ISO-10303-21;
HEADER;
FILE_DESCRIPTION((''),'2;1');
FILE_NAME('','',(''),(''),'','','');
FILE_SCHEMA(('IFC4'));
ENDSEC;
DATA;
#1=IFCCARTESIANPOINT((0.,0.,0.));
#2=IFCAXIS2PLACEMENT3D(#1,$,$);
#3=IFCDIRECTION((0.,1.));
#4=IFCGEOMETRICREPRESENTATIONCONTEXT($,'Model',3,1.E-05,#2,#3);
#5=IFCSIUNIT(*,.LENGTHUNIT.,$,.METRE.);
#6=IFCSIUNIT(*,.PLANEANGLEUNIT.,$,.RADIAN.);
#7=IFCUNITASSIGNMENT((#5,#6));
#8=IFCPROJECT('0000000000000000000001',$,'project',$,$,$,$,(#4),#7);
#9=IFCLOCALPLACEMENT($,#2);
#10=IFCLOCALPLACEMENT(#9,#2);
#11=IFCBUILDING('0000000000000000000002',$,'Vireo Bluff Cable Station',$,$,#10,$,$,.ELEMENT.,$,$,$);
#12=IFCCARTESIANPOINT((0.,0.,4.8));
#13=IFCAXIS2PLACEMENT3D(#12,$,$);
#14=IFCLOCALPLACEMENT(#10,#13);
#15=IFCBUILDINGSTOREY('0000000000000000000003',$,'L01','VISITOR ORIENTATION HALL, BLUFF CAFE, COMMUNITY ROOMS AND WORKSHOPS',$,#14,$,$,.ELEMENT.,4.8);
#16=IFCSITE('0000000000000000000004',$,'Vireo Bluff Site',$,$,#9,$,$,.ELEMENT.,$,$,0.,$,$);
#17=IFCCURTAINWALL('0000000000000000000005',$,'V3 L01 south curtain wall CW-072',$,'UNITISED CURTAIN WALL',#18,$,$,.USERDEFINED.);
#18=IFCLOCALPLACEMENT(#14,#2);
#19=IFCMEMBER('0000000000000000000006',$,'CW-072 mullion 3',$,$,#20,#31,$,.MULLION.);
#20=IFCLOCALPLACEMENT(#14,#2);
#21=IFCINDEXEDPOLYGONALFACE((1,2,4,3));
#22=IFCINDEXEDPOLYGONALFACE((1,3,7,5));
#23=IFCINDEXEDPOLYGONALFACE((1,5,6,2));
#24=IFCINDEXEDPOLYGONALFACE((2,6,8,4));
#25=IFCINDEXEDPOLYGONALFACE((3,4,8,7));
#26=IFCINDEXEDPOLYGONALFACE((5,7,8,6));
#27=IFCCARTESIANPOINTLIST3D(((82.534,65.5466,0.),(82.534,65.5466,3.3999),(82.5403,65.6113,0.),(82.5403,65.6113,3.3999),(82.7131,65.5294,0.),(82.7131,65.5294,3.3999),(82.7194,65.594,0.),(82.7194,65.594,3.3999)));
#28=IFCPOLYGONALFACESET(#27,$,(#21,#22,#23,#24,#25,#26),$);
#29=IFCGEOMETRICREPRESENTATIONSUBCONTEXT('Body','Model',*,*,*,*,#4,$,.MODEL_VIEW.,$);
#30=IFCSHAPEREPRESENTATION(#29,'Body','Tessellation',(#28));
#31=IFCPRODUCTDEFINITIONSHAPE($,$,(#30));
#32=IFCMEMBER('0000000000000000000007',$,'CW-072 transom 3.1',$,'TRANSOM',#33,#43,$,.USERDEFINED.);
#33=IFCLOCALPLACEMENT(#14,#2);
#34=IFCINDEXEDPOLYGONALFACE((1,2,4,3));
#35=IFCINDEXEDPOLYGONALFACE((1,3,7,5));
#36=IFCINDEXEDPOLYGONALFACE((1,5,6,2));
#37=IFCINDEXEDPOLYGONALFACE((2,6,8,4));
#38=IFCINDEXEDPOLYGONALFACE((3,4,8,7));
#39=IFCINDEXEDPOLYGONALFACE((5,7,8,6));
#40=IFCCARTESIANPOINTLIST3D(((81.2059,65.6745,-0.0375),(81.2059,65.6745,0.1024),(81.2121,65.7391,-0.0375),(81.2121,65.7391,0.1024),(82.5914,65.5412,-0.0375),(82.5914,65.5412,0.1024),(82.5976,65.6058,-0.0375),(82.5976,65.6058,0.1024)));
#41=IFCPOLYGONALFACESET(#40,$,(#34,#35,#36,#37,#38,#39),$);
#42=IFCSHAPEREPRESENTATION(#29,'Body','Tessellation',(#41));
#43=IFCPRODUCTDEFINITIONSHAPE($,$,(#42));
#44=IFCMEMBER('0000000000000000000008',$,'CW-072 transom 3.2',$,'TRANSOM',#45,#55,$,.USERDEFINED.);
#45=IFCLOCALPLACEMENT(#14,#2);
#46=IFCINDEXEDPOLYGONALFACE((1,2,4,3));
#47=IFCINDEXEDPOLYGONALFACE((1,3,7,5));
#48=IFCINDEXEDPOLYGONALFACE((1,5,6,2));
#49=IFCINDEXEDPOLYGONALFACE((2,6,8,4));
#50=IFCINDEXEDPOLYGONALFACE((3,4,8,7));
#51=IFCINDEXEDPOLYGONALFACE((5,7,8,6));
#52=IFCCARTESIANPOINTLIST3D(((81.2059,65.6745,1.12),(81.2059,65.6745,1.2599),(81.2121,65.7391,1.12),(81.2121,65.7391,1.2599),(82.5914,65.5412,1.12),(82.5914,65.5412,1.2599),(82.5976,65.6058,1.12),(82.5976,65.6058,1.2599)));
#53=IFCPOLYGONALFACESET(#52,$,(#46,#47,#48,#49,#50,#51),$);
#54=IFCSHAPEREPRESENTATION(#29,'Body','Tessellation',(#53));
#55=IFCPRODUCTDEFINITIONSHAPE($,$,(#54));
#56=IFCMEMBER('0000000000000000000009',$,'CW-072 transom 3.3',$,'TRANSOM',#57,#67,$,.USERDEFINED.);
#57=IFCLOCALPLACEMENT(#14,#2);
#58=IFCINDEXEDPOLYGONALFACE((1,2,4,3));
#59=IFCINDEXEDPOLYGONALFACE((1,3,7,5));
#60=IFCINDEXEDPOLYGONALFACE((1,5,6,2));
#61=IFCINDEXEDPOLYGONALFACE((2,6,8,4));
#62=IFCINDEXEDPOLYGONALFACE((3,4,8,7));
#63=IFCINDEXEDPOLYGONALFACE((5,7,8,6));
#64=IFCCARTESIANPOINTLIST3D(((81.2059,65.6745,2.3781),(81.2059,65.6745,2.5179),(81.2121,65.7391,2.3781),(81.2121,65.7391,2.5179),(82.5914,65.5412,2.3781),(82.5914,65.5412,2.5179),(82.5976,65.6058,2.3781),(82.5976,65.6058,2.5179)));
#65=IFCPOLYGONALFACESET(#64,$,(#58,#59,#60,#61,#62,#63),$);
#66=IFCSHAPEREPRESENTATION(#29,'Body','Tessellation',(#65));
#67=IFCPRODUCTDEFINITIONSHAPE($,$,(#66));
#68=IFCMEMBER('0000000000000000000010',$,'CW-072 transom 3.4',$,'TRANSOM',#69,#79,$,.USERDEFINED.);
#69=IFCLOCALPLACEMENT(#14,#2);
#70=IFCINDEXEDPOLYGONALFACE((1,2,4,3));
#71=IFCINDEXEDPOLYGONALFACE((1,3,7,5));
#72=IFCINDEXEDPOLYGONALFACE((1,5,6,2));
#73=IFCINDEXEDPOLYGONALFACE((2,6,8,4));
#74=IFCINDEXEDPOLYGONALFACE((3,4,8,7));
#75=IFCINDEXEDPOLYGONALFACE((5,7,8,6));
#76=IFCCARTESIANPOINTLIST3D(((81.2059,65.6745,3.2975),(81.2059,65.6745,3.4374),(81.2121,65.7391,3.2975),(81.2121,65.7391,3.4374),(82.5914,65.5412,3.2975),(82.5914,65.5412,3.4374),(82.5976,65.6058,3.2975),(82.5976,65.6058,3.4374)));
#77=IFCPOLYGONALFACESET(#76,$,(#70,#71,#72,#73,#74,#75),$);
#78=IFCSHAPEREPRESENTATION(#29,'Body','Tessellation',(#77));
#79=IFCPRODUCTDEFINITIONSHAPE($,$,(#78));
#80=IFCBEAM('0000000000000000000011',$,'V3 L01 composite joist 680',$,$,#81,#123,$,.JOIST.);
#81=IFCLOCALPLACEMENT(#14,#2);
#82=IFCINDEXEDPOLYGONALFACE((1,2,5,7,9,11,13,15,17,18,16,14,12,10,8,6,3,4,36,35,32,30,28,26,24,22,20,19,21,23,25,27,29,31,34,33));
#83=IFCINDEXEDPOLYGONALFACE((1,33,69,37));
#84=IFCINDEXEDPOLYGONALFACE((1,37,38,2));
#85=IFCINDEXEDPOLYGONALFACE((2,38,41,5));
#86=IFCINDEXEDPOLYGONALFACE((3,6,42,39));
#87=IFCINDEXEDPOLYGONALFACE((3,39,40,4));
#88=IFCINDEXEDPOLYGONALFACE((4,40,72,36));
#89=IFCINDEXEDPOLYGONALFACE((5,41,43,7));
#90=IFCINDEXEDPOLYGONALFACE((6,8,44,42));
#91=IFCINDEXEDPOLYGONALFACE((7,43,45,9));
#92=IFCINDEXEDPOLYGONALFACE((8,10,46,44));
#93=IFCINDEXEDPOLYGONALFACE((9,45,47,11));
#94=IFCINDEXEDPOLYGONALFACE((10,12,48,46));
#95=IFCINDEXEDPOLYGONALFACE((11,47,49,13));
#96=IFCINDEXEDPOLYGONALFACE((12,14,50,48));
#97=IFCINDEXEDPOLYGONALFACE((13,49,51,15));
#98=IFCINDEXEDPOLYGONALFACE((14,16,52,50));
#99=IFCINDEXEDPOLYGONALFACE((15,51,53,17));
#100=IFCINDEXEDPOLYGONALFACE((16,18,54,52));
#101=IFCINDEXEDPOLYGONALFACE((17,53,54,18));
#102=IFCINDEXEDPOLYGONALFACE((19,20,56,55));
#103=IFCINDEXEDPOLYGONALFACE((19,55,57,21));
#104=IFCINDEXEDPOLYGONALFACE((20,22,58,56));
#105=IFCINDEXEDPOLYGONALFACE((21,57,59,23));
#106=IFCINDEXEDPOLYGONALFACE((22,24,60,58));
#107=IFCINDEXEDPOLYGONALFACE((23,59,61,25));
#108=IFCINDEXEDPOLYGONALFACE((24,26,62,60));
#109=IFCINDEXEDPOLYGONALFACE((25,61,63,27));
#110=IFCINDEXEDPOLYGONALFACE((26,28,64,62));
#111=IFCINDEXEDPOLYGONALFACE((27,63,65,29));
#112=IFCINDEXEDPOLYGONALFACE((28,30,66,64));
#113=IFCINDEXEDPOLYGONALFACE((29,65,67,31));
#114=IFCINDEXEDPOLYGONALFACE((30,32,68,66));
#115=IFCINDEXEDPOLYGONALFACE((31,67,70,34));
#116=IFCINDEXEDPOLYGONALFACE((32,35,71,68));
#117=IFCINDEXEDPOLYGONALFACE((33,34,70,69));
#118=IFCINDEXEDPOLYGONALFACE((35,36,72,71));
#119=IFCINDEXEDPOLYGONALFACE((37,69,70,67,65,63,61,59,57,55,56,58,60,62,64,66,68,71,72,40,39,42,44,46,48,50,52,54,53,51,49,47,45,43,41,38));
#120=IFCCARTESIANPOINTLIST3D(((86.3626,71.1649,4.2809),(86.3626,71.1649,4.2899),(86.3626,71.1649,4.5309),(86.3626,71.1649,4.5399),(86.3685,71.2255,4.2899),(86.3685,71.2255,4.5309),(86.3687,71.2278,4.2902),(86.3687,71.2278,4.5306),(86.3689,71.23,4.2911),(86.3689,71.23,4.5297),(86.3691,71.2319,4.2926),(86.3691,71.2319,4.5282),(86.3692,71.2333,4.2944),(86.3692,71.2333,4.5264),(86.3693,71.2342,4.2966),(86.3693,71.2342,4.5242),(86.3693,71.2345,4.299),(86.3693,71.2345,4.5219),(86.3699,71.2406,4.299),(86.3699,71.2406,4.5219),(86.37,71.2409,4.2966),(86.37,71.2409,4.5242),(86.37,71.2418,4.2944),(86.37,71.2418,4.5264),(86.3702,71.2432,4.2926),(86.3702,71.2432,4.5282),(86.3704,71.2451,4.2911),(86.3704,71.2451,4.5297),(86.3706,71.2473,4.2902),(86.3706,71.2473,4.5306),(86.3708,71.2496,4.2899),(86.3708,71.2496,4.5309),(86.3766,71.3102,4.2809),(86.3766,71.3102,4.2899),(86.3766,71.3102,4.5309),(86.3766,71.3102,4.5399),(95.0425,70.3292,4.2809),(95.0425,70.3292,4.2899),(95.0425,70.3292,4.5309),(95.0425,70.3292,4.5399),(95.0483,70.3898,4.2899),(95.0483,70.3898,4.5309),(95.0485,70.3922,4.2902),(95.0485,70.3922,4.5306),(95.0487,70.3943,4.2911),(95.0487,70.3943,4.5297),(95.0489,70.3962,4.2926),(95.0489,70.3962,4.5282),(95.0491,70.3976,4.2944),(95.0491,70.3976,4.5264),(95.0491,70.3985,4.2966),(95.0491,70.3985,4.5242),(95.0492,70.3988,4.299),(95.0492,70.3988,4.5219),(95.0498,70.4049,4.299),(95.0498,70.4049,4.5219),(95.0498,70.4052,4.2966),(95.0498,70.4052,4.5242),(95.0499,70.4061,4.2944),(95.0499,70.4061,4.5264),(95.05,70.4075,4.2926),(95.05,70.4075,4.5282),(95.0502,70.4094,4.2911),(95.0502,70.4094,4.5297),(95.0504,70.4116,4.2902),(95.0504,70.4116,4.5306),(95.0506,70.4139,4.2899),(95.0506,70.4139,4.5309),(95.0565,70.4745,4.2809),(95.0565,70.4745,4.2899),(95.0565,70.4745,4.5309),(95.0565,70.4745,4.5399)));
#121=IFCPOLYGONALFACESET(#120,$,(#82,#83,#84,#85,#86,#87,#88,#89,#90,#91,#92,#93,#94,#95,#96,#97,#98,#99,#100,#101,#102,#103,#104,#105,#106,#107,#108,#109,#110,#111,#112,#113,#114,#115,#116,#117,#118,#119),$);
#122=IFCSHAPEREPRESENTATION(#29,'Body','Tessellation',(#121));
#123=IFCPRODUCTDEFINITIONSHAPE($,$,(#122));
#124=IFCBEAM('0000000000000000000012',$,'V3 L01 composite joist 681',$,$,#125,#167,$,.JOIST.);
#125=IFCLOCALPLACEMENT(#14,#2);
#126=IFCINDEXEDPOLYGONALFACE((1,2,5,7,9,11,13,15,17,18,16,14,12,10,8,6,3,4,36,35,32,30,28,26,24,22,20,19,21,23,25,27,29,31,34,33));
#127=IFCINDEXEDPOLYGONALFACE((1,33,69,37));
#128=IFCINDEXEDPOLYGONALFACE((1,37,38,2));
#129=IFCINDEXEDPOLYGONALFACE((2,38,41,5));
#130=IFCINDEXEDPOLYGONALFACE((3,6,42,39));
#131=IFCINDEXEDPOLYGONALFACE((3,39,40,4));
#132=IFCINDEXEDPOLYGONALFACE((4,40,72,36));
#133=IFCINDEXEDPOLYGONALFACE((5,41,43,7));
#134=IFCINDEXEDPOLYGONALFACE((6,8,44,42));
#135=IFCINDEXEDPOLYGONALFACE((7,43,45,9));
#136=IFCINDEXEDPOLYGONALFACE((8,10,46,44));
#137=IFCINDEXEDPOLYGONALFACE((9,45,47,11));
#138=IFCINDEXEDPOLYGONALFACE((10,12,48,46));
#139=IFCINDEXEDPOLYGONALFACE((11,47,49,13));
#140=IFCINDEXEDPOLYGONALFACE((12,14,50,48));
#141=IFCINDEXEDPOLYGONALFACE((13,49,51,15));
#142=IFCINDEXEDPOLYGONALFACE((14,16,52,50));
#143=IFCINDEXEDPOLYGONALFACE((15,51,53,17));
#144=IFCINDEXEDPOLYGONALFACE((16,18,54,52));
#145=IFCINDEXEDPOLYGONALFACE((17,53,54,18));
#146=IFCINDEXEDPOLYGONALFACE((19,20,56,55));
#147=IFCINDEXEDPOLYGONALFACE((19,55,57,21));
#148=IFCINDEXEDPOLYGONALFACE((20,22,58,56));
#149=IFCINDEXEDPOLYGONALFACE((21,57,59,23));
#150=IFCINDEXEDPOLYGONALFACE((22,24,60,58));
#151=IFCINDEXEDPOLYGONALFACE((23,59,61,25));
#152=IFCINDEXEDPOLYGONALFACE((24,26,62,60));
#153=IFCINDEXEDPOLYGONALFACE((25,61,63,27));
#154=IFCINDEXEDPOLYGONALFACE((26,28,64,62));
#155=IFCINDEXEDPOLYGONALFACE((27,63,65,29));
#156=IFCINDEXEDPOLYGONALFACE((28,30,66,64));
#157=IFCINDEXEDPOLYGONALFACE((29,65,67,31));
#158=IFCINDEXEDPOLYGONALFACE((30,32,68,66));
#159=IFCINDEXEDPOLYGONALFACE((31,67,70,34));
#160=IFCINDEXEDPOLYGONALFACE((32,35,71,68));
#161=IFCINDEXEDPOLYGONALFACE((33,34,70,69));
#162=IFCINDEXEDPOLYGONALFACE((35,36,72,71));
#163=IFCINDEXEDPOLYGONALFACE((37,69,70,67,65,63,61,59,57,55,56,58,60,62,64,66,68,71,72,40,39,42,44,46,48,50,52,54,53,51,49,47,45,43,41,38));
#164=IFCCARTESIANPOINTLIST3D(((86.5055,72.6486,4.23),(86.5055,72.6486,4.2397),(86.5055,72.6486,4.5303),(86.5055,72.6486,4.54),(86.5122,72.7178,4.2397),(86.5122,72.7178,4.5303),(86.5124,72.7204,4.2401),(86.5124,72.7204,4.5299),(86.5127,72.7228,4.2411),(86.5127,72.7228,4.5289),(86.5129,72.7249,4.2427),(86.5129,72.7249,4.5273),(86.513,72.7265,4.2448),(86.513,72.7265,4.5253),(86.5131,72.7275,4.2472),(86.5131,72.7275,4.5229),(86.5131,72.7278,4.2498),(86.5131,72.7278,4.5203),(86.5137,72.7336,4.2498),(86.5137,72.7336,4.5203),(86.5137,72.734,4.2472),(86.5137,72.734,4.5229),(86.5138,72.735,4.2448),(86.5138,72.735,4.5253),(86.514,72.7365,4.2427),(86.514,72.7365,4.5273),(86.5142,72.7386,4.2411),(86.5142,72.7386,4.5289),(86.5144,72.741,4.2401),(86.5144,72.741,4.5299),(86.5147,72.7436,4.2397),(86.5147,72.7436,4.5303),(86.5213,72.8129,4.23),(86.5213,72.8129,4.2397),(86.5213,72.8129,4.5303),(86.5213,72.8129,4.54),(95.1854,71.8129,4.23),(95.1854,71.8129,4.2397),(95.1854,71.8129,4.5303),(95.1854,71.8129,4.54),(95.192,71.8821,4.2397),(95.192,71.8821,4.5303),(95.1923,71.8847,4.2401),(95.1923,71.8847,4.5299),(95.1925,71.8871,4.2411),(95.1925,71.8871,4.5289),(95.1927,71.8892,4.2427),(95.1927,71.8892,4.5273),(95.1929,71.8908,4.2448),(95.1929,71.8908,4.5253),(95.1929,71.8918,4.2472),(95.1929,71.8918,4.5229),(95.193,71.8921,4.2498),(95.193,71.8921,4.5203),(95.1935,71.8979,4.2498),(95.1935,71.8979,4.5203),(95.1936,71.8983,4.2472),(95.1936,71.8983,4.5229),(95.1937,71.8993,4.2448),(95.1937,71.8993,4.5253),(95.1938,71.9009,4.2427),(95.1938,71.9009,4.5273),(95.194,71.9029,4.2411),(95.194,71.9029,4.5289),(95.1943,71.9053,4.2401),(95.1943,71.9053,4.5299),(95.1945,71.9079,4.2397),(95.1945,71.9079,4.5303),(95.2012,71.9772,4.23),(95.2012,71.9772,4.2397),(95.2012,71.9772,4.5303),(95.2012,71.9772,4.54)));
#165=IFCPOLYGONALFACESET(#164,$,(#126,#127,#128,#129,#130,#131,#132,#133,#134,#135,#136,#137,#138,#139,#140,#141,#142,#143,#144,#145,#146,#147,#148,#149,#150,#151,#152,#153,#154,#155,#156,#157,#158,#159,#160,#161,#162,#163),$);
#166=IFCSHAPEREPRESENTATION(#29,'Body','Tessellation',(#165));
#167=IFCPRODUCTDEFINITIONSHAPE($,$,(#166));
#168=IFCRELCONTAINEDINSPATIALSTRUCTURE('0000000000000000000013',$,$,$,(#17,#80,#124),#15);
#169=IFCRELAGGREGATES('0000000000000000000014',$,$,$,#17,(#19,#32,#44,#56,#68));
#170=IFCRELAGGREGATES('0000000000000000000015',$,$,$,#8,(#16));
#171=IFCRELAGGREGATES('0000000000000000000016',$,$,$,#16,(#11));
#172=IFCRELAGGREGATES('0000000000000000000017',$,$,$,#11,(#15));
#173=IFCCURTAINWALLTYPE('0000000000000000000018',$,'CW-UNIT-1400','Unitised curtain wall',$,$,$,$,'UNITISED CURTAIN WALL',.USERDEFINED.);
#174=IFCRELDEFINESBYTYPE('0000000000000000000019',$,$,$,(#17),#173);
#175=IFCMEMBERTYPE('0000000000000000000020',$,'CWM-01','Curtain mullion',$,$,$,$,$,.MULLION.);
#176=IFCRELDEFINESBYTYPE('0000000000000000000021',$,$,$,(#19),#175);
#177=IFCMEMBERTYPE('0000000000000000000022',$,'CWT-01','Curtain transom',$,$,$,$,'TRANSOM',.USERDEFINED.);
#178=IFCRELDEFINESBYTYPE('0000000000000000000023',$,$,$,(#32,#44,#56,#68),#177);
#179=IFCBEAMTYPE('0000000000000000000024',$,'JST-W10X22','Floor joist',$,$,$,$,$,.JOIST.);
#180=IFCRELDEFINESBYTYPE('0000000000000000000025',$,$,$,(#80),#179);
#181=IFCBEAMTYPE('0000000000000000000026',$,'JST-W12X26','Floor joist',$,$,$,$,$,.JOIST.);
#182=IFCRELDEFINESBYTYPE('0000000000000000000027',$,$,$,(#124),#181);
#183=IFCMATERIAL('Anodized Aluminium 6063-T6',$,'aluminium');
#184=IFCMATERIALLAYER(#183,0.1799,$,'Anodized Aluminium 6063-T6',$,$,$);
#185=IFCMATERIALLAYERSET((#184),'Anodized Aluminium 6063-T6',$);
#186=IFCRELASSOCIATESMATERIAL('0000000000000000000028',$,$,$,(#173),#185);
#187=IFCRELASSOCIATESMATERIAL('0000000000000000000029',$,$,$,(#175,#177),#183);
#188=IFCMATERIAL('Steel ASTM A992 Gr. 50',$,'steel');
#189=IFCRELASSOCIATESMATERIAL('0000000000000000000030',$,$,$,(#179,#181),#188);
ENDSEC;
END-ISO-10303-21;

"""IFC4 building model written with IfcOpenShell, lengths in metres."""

from ifc_helpers import new_model, si_unit, direction, frame, origin, origin_2d, place, context, subcontext, project, spatial, rectangle, i_section, extrude, material, layer, layer_set, material_profile, profile_set, type_object, element, aggregate, save


model = new_model("IFC4")

# Units and contexts
model_context = context("Model", 3, precision=1e-05, world=origin(), true_north=direction((0.0, 1.0)))
body_context = subcontext(model_context, "Body", "Model", "MODEL_VIEW")
ifc_project = project(units=[si_unit("LENGTHUNIT", "METRE"), si_unit("PLANEANGLEUNIT", "RADIAN")], contexts=[model_context])

# Site, building, storey
site_placement = place(None, origin())
site = spatial("IfcSite", under=ifc_project, at=site_placement, Name="Vireo Bluff Site", CompositionType="ELEMENT", RefElevation=0.0)
building_placement = place(site_placement, origin())
building = spatial("IfcBuilding", under=site, at=building_placement, Name="Vireo Bluff Cable Station", CompositionType="ELEMENT")
storey_placement = place(building_placement, frame((0.0, 0.0, 4.8)))
storey = spatial("IfcBuildingStorey", under=building, at=storey_placement, Name="L01", Description="VISITOR ORIENTATION HALL, BLUFF CAFE, COMMUNITY ROOMS AND WORKSHOPS", CompositionType="ELEMENT", Elevation=4.8)

# Curtain wall, members
ifc_material_1 = material(Name="Anodized Aluminium 6063-T6", Category="aluminium")
ifc_layer_1 = layer(ifc_material_1, 0.1799, Name="Anodized Aluminium 6063-T6")
ifc_layer_set_1 = layer_set([ifc_layer_1], Name="Anodized Aluminium 6063-T6")
curtain_wall_type = type_object("IfcCurtainWallType", Name="CW-UNIT-1400", Description="Unitised curtain wall", ElementType="UNITISED CURTAIN WALL", PredefinedType="USERDEFINED", material=ifc_layer_set_1)
curtain_wall_placement = place(storey_placement, origin())
curtain_wall = element("IfcCurtainWall", 1, at=curtain_wall_placement, inside=storey, type_object=curtain_wall_type, Name="V3 L01 south curtain wall CW-072", ObjectType="UNITISED CURTAIN WALL", PredefinedType="USERDEFINED")
ifc_material_profile_1 = material_profile(ifc_material_1, rectangle(XDim=0.0649, YDim=0.1799, at=origin_2d()), Name="ALU-M-65X180")
ifc_profile_set_1 = profile_set([ifc_material_profile_1], Name="Anodized Aluminium 6063-T6")
member_type_1 = type_object("IfcMemberType", Name="CWM-01", Description="Curtain mullion", PredefinedType="MULLION", material=ifc_profile_set_1)
member_1_placement = place(storey_placement, frame((82.6267, 65.5703, 0.0), z_axis=(0.0, 0.0, 1.0), x_axis=(-0.095846, -0.995396, 0.0)))
member_1 = element("IfcMember", 2, at=member_1_placement, type_object=member_type_1, Name="CW-072 mullion 3", PredefinedType="MULLION", context=body_context, shape_type="SweptSolid", body=[
    extrude(rectangle(XDim=0.0649, YDim=0.1799, at=origin_2d()), origin(), (0.0, 0.0, 1.0), 3.3999),
])
ifc_material_profile_2 = material_profile(ifc_material_1, rectangle(XDim=0.0649, YDim=0.1399, at=origin_2d()), Name="ALU-T-65X140")
ifc_profile_set_2 = profile_set([ifc_material_profile_2], Name="Anodized Aluminium 6063-T6")
member_type_2 = type_object("IfcMemberType", Name="CWT-01", Description="Curtain transom", ElementType="TRANSOM", PredefinedType="USERDEFINED", material=ifc_profile_set_2)
member_2_placement = place(storey_placement, frame((82.5945, 65.5735, 0.0325), z_axis=(-0.995404, 0.095769, 0.0), x_axis=(-0.095769, -0.995404, 0.0)))
member_2 = element("IfcMember", 3, at=member_2_placement, type_object=member_type_2, Name="CW-072 transom 3.1", ObjectType="TRANSOM", PredefinedType="USERDEFINED", context=body_context, shape_type="SweptSolid", body=[
    extrude(rectangle(XDim=0.0649, YDim=0.1399, at=origin_2d()), origin(), (0.0, 0.0, 1.0), 1.3918),
])
member_3_placement = place(storey_placement, frame((82.5945, 65.5735, 1.1899), z_axis=(-0.995404, 0.095769, 0.0), x_axis=(-0.095769, -0.995404, 0.0)))
member_3 = element("IfcMember", 4, at=member_3_placement, type_object=member_type_2, Name="CW-072 transom 3.2", ObjectType="TRANSOM", PredefinedType="USERDEFINED", context=body_context, shape_type="SweptSolid", body=[
    extrude(rectangle(XDim=0.0649, YDim=0.1399, at=origin_2d()), origin(), (0.0, 0.0, 1.0), 1.3918),
])
member_4_placement = place(storey_placement, frame((82.5945, 65.5735, 2.448), z_axis=(-0.995404, 0.095769, 0.0), x_axis=(-0.095769, -0.995404, 0.0)))
member_4 = element("IfcMember", 5, at=member_4_placement, type_object=member_type_2, Name="CW-072 transom 3.3", ObjectType="TRANSOM", PredefinedType="USERDEFINED", context=body_context, shape_type="SweptSolid", body=[
    extrude(rectangle(XDim=0.0649, YDim=0.1399, at=origin_2d()), origin(), (0.0, 0.0, 1.0), 1.3918),
])
member_5_placement = place(storey_placement, frame((82.5945, 65.5735, 3.3674), z_axis=(-0.995404, 0.095769, 0.0), x_axis=(-0.095769, -0.995404, 0.0)))
member_5 = element("IfcMember", 6, at=member_5_placement, type_object=member_type_2, Name="CW-072 transom 3.4", ObjectType="TRANSOM", PredefinedType="USERDEFINED", context=body_context, shape_type="SweptSolid", body=[
    extrude(rectangle(XDim=0.0649, YDim=0.1399, at=origin_2d()), origin(), (0.0, 0.0, 1.0), 1.3918),
])

# Beams
ifc_material_2 = material(Name="Steel ASTM A992 Gr. 50", Category="steel")
ifc_material_profile_3 = material_profile(ifc_material_2, i_section(OverallWidth=0.146, OverallDepth=0.259, WebThickness=0.0061, FlangeThickness=0.009, FilletRadius=0.009, at=origin_2d()), Name="W10X22")
ifc_profile_set_3 = profile_set([ifc_material_profile_3], Name="Steel ASTM A992 Gr. 50")
beam_type_1 = type_object("IfcBeamType", Name="JST-W10X22", Description="Floor joist", PredefinedType="JOIST", material=ifc_profile_set_3)
beam_1_placement = place(storey_placement, frame((86.3696, 71.2375, 4.4104), z_axis=(0.995397, -0.095836, 0.0), x_axis=(0.095836, 0.995397, 0.0)))
element("IfcBeam", 7, at=beam_1_placement, inside=storey, type_object=beam_type_1, Name="V3 L01 composite joist 680", PredefinedType="JOIST", context=body_context, shape_type="SweptSolid", body=[
    extrude(i_section(OverallWidth=0.146, OverallDepth=0.259, WebThickness=0.0061, FlangeThickness=0.009, FilletRadius=0.009, at=origin_2d()), origin(), (0.0, 0.0, 1.0), 8.72),
])
ifc_material_profile_4 = material_profile(ifc_material_2, i_section(OverallWidth=0.165, OverallDepth=0.3101, WebThickness=0.0059, FlangeThickness=0.0098, FilletRadius=0.01, at=origin_2d()), Name="W12X26")
ifc_profile_set_4 = profile_set([ifc_material_profile_4], Name="Steel ASTM A992 Gr. 50")
beam_type_2 = type_object("IfcBeamType", Name="JST-W12X26", Description="Floor joist", PredefinedType="JOIST", material=ifc_profile_set_4)
beam_2_placement = place(storey_placement, frame((86.5134, 72.7307, 4.385), z_axis=(0.995397, -0.095836, 0.0), x_axis=(0.095836, 0.995397, 0.0)))
element("IfcBeam", 8, at=beam_2_placement, inside=storey, type_object=beam_type_2, Name="V3 L01 composite joist 681", PredefinedType="JOIST", context=body_context, shape_type="SweptSolid", body=[
    extrude(i_section(OverallWidth=0.165, OverallDepth=0.3101, WebThickness=0.0059, FlangeThickness=0.0098, FilletRadius=0.01, at=origin_2d()), origin(), (0.0, 0.0, 1.0), 8.72),
])

aggregate(curtain_wall, [member_1, member_2, member_3, member_4, member_5])

save(model, "model.ifc")
